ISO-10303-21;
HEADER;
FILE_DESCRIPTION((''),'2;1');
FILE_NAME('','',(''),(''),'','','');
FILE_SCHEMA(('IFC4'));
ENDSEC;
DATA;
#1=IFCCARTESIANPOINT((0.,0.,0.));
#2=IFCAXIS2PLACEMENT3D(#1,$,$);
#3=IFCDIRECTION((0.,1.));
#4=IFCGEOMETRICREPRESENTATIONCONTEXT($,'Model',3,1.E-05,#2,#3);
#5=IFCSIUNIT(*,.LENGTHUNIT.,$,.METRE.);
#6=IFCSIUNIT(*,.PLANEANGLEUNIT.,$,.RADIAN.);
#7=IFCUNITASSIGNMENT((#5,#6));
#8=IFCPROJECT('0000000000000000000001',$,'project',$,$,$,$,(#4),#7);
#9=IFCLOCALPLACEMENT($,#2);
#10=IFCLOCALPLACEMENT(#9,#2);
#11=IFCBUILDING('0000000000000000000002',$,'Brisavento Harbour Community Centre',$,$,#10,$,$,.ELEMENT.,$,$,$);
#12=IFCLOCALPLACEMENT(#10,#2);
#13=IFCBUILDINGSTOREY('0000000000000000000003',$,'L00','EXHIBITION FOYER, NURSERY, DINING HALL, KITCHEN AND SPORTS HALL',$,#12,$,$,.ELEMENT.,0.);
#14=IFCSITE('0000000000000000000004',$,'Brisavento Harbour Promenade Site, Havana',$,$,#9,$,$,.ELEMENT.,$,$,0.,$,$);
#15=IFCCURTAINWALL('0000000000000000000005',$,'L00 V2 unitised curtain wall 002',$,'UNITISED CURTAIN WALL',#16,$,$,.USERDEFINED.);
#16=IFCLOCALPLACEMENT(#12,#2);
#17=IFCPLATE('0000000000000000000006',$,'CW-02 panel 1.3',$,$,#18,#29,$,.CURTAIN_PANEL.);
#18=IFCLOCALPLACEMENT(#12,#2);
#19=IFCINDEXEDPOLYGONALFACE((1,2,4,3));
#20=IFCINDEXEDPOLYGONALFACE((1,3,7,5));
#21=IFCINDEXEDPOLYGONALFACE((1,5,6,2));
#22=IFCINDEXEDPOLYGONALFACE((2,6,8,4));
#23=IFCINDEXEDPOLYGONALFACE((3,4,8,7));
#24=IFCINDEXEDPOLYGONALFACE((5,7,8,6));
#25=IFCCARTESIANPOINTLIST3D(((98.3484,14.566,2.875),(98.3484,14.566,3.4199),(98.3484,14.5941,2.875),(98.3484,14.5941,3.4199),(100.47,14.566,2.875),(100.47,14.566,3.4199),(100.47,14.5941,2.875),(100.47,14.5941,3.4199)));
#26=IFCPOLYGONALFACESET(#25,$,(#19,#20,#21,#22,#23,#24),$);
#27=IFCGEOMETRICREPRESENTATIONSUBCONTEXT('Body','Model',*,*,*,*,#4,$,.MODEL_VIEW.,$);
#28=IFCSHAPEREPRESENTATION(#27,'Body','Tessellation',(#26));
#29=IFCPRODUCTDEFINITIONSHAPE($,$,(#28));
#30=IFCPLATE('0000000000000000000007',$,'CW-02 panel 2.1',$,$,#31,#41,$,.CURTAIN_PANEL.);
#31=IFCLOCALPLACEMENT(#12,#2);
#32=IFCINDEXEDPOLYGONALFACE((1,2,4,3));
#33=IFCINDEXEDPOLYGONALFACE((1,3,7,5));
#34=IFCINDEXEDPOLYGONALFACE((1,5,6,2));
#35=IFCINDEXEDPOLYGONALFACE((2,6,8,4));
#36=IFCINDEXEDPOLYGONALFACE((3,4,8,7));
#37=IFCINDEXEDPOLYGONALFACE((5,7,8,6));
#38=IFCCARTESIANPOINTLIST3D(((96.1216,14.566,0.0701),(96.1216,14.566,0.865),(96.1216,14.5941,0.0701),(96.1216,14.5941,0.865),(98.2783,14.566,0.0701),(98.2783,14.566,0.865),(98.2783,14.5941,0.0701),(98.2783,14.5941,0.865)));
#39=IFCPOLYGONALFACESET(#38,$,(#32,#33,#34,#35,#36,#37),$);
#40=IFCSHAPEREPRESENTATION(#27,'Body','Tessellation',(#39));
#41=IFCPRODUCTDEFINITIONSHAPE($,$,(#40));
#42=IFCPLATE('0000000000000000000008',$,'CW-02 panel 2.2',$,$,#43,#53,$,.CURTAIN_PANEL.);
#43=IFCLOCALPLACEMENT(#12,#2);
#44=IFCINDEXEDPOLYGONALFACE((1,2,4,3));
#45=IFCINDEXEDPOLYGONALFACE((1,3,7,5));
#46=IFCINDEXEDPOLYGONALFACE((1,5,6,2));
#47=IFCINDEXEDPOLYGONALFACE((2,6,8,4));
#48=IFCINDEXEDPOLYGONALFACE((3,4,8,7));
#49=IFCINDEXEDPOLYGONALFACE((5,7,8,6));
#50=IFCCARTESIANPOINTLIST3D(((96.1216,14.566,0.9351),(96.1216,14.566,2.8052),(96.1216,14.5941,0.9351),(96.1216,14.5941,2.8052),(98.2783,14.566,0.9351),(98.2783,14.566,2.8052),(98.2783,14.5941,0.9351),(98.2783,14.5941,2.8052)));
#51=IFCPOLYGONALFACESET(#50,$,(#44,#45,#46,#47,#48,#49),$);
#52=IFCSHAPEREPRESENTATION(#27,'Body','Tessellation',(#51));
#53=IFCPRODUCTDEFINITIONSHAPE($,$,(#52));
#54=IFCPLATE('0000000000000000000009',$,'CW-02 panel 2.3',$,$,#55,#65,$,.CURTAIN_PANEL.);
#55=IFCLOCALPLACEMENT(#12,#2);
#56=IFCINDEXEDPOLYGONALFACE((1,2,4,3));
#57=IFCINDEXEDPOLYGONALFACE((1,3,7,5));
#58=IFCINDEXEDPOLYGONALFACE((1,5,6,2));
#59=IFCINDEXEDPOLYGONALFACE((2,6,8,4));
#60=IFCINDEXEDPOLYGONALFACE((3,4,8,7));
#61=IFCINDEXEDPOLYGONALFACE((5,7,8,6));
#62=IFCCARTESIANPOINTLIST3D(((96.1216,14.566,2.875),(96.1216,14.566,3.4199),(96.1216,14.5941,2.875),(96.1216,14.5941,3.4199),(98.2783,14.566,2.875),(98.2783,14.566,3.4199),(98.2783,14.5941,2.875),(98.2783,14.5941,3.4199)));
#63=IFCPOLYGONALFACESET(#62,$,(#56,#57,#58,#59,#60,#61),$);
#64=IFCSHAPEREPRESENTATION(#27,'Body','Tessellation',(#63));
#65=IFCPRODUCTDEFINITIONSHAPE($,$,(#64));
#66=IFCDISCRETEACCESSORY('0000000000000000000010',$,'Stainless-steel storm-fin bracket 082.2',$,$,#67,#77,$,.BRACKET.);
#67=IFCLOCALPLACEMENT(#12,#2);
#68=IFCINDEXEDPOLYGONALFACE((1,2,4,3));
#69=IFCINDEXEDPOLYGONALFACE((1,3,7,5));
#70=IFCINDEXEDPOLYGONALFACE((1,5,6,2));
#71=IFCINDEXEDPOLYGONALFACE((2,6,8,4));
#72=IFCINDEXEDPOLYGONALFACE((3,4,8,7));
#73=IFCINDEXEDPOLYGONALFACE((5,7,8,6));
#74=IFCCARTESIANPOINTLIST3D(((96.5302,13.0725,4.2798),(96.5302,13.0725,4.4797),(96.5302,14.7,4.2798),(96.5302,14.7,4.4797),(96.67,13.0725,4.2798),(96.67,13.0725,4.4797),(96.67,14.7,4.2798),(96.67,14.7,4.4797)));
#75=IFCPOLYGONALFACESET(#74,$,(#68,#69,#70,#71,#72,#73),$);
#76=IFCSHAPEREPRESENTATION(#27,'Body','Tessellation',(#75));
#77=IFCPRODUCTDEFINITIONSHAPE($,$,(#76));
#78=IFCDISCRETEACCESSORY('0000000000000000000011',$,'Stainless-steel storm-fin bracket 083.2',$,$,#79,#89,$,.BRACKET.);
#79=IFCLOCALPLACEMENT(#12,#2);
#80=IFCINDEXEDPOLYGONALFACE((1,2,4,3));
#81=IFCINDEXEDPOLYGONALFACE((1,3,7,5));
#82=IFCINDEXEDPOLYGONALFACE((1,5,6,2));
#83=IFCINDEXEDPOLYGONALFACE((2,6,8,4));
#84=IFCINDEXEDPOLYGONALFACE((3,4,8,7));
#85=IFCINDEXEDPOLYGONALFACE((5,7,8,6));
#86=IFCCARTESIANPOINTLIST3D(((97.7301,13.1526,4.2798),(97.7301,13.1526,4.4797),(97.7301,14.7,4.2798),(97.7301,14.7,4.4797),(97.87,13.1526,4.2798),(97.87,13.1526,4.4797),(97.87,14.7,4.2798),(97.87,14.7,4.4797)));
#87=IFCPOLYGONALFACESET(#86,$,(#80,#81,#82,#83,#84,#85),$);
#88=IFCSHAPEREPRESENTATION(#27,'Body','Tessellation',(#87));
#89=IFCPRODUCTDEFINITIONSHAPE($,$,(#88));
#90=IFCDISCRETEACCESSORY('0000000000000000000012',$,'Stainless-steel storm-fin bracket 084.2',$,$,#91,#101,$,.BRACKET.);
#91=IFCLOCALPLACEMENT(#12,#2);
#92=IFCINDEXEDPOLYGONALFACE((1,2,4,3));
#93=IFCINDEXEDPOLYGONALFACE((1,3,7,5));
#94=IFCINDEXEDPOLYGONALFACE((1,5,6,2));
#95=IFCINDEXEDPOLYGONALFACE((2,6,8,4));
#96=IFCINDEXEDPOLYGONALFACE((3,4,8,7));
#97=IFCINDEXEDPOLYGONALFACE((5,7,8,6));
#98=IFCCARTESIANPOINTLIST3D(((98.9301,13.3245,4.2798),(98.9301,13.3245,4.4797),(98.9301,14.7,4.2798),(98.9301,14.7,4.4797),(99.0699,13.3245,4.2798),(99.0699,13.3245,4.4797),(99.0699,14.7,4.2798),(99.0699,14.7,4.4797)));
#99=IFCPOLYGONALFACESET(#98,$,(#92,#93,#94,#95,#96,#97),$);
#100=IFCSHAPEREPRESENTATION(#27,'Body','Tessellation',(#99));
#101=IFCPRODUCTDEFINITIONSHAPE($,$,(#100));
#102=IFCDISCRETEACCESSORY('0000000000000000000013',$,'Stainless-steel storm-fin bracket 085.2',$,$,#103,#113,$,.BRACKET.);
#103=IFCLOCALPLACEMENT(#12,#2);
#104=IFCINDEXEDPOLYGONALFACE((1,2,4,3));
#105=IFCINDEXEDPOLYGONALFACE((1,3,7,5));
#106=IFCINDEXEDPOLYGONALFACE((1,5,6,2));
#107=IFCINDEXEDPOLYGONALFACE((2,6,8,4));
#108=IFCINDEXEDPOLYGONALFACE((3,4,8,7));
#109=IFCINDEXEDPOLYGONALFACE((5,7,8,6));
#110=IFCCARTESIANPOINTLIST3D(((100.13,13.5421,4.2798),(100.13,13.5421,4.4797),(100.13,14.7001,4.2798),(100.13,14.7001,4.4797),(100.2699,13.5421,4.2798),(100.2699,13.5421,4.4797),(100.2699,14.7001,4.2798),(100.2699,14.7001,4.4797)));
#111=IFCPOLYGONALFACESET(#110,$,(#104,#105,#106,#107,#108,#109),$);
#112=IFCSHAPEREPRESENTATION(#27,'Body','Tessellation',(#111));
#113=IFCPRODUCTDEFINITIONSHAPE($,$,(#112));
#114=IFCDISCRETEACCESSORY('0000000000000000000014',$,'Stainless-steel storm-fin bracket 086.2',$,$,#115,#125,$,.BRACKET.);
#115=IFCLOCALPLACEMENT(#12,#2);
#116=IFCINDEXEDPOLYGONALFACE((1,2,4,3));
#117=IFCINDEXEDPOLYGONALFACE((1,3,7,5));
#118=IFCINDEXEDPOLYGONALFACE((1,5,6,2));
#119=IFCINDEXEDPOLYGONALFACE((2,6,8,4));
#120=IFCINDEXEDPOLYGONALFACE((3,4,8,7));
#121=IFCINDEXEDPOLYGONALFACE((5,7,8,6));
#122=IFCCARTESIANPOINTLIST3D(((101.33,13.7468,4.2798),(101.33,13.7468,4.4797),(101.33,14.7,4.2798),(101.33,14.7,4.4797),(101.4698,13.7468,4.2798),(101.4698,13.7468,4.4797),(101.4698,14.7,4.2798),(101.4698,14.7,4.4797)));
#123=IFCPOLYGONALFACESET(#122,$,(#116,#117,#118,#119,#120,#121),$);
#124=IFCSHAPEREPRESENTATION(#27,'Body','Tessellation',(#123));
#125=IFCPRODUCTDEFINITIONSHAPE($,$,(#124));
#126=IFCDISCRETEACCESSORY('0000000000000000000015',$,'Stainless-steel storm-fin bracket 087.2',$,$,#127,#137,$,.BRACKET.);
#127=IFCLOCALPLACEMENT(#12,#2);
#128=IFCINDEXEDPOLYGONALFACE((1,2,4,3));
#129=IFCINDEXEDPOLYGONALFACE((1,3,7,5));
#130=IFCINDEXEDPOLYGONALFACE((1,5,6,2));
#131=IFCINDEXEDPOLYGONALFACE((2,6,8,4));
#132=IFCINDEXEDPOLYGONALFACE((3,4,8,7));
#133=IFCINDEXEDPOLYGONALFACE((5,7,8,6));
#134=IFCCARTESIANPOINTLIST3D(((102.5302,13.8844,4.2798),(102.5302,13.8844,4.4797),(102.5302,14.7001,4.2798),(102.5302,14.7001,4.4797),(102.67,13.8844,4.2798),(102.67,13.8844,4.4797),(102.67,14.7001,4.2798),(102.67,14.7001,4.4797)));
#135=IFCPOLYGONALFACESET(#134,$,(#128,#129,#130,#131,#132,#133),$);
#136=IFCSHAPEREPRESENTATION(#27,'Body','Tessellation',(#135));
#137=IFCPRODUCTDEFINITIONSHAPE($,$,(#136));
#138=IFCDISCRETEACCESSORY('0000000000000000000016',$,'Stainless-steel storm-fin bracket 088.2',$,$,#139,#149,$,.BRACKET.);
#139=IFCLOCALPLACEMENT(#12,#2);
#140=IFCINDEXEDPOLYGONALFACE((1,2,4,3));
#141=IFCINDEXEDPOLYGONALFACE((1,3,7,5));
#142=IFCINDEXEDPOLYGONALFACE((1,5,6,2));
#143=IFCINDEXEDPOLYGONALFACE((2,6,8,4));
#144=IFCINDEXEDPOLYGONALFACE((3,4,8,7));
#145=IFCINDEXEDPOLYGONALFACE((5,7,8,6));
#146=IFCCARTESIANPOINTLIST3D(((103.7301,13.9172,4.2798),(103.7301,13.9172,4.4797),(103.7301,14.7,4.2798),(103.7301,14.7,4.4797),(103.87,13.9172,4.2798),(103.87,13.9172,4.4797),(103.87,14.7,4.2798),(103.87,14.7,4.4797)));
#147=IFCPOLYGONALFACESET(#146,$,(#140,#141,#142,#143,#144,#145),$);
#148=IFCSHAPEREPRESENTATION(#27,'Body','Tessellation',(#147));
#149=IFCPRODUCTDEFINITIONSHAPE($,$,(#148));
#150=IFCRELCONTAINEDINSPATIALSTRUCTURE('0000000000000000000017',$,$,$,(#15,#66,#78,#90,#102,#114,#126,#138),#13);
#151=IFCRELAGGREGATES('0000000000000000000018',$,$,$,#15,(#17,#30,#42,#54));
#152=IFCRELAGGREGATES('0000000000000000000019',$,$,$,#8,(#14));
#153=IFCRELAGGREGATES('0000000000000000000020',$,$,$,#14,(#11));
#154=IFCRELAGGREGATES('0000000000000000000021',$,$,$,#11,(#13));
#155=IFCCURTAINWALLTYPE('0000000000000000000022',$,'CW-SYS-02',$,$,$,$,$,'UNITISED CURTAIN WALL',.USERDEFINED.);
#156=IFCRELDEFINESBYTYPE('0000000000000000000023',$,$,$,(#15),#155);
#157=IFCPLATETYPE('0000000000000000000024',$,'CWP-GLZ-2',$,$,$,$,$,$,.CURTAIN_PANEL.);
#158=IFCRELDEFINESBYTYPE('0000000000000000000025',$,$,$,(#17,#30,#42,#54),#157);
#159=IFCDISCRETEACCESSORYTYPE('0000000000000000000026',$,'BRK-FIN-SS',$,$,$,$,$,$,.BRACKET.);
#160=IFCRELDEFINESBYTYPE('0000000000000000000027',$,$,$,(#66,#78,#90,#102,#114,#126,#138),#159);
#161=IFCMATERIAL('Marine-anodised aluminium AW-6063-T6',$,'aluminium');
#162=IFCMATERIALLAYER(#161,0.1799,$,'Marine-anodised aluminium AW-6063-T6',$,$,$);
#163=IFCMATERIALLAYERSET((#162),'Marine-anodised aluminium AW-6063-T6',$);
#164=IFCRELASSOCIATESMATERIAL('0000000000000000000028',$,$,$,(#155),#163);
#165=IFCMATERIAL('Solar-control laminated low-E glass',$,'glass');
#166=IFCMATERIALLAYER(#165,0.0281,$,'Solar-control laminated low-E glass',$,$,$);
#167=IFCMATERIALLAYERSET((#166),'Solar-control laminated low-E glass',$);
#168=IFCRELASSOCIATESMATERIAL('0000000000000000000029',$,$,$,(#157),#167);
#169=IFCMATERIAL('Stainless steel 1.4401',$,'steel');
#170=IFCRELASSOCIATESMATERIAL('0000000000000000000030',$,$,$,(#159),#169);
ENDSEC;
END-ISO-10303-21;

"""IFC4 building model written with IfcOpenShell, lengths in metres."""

from ifc_helpers import new_model, si_unit, direction, frame, origin, origin_2d, place, context, subcontext, project, spatial, rectangle, extrude, material, layer, layer_set, type_object, element, aggregate, save


model = new_model("IFC4")

# Units and contexts
model_context = context("Model", 3, precision=1e-05, world=origin(), true_north=direction((0.0, 1.0)))
body_context = subcontext(model_context, "Body", "Model", "MODEL_VIEW")
ifc_project = project(units=[si_unit("LENGTHUNIT", "METRE"), si_unit("PLANEANGLEUNIT", "RADIAN")], contexts=[model_context])

# Site, building, storey
site_placement = place(None, origin())
site = spatial("IfcSite", under=ifc_project, at=site_placement, Name="Brisavento Harbour Promenade Site, Havana", CompositionType="ELEMENT", RefElevation=0.0)
building_placement = place(site_placement, origin())
building = spatial("IfcBuilding", under=site, at=building_placement, Name="Brisavento Harbour Community Centre", CompositionType="ELEMENT")
storey_placement = place(building_placement, origin())
storey = spatial("IfcBuildingStorey", under=building, at=storey_placement, Name="L00", Description="EXHIBITION FOYER, NURSERY, DINING HALL, KITCHEN AND SPORTS HALL", CompositionType="ELEMENT", Elevation=0.0)

# Curtain wall, plates
ifc_material_1 = material(Name="Marine-anodised aluminium AW-6063-T6", Category="aluminium")
ifc_layer_1 = layer(ifc_material_1, 0.1799, Name="Marine-anodised aluminium AW-6063-T6")
ifc_layer_set_1 = layer_set([ifc_layer_1], Name="Marine-anodised aluminium AW-6063-T6")
curtain_wall_type = type_object("IfcCurtainWallType", Name="CW-SYS-02", ElementType="UNITISED CURTAIN WALL", PredefinedType="USERDEFINED", material=ifc_layer_set_1)
curtain_wall_placement = place(storey_placement, origin())
curtain_wall = element("IfcCurtainWall", 1, at=curtain_wall_placement, inside=storey, type_object=curtain_wall_type, Name="L00 V2 unitised curtain wall 002", ObjectType="UNITISED CURTAIN WALL", PredefinedType="USERDEFINED")
ifc_material_2 = material(Name="Solar-control laminated low-E glass", Category="glass")
ifc_layer_2 = layer(ifc_material_2, 0.0281, Name="Solar-control laminated low-E glass")
ifc_layer_set_2 = layer_set([ifc_layer_2], Name="Solar-control laminated low-E glass")
plate_type = type_object("IfcPlateType", Name="CWP-GLZ-2", PredefinedType="CURTAIN_PANEL", material=ifc_layer_set_2)
plate_1_placement = place(storey_placement, frame((99.4092, 14.5801, 2.875), z_axis=(0.0, 0.0, 1.0), x_axis=(-1.0, 0.0, 0.0)))
plate_1 = element("IfcPlate", 2, at=plate_1_placement, type_object=plate_type, Name="CW-02 panel 1.3", PredefinedType="CURTAIN_PANEL", context=body_context, shape_type="SweptSolid", body=[
    extrude(rectangle(XDim=2.1216, YDim=0.0281, at=origin_2d()), origin(), (0.0, 0.0, 1.0), 0.5449),
])
plate_2_placement = place(storey_placement, frame((97.2, 14.5801, 0.0701), z_axis=(0.0, 0.0, 1.0), x_axis=(-1.0, 0.0, 0.0)))
plate_2 = element("IfcPlate", 3, at=plate_2_placement, type_object=plate_type, Name="CW-02 panel 2.1", PredefinedType="CURTAIN_PANEL", context=body_context, shape_type="SweptSolid", body=[
    extrude(rectangle(XDim=2.1567, YDim=0.0281, at=origin_2d()), origin(), (0.0, 0.0, 1.0), 0.7949),
])
plate_3_placement = place(storey_placement, frame((97.2, 14.5801, 0.9351), z_axis=(0.0, 0.0, 1.0), x_axis=(-1.0, 0.0, 0.0)))
plate_3 = element("IfcPlate", 4, at=plate_3_placement, type_object=plate_type, Name="CW-02 panel 2.2", PredefinedType="CURTAIN_PANEL", context=body_context, shape_type="SweptSolid", body=[
    extrude(rectangle(XDim=2.1567, YDim=0.0281, at=origin_2d()), origin(), (0.0, 0.0, 1.0), 1.8701),
])
plate_4_placement = place(storey_placement, frame((97.2, 14.5801, 2.875), z_axis=(0.0, 0.0, 1.0), x_axis=(-1.0, 0.0, 0.0)))
plate_4 = element("IfcPlate", 5, at=plate_4_placement, type_object=plate_type, Name="CW-02 panel 2.3", PredefinedType="CURTAIN_PANEL", context=body_context, shape_type="SweptSolid", body=[
    extrude(rectangle(XDim=2.1567, YDim=0.0281, at=origin_2d()), origin(), (0.0, 0.0, 1.0), 0.5449),
])
aggregate(curtain_wall, [plate_1, plate_2, plate_3, plate_4])

# Discrete accessories
ifc_material_3 = material(Name="Stainless steel 1.4401", Category="steel")
discrete_accessory_type = type_object("IfcDiscreteAccessoryType", Name="BRK-FIN-SS", PredefinedType="BRACKET", material=ifc_material_3)
discrete_accessory_1_placement = place(storey_placement, frame((96.6001, 13.8862, 4.2798), z_axis=(0.0, 0.0, 1.0), x_axis=(0.0, -1.0, 0.0)))
element("IfcDiscreteAccessory", 6, at=discrete_accessory_1_placement, inside=storey, type_object=discrete_accessory_type, Name="Stainless-steel storm-fin bracket 082.2", PredefinedType="BRACKET", context=body_context, shape_type="SweptSolid", body=[
    extrude(rectangle(XDim=1.6274, YDim=0.1399, at=origin_2d()), origin(), (0.0, 0.0, 1.0), 0.2),
])
discrete_accessory_2_placement = place(storey_placement, frame((97.8, 13.9263, 4.2798), z_axis=(0.0, 0.0, 1.0), x_axis=(0.0, -1.0, 0.0)))
element("IfcDiscreteAccessory", 7, at=discrete_accessory_2_placement, inside=storey, type_object=discrete_accessory_type, Name="Stainless-steel storm-fin bracket 083.2", PredefinedType="BRACKET", context=body_context, shape_type="SweptSolid", body=[
    extrude(rectangle(XDim=1.5474, YDim=0.1399, at=origin_2d()), origin(), (0.0, 0.0, 1.0), 0.2),
])
discrete_accessory_3_placement = place(storey_placement, frame((99.0, 14.0122, 4.2798), z_axis=(0.0, 0.0, 1.0), x_axis=(0.0, -1.0, 0.0)))
element("IfcDiscreteAccessory", 8, at=discrete_accessory_3_placement, inside=storey, type_object=discrete_accessory_type, Name="Stainless-steel storm-fin bracket 084.2", PredefinedType="BRACKET", context=body_context, shape_type="SweptSolid", body=[
    extrude(rectangle(XDim=1.3755, YDim=0.1399, at=origin_2d()), origin(), (0.0, 0.0, 1.0), 0.2),
])
discrete_accessory_4_placement = place(storey_placement, frame((100.2, 14.1211, 4.2798), z_axis=(0.0, 0.0, 1.0), x_axis=(0.0, -1.0, 0.0)))
element("IfcDiscreteAccessory", 9, at=discrete_accessory_4_placement, inside=storey, type_object=discrete_accessory_type, Name="Stainless-steel storm-fin bracket 085.2", PredefinedType="BRACKET", context=body_context, shape_type="SweptSolid", body=[
    extrude(rectangle(XDim=1.158, YDim=0.1399, at=origin_2d()), origin(), (0.0, 0.0, 1.0), 0.2),
])
discrete_accessory_5_placement = place(storey_placement, frame((101.3999, 14.2234, 4.2798), z_axis=(0.0, 0.0, 1.0), x_axis=(0.0, -1.0, 0.0)))
element("IfcDiscreteAccessory", 10, at=discrete_accessory_5_placement, inside=storey, type_object=discrete_accessory_type, Name="Stainless-steel storm-fin bracket 086.2", PredefinedType="BRACKET", context=body_context, shape_type="SweptSolid", body=[
    extrude(rectangle(XDim=0.9531, YDim=0.1399, at=origin_2d()), origin(), (0.0, 0.0, 1.0), 0.2),
])
discrete_accessory_6_placement = place(storey_placement, frame((102.6001, 14.2922, 4.2798), z_axis=(0.0, 0.0, 1.0), x_axis=(0.0, -1.0, 0.0)))
element("IfcDiscreteAccessory", 11, at=discrete_accessory_6_placement, inside=storey, type_object=discrete_accessory_type, Name="Stainless-steel storm-fin bracket 087.2", PredefinedType="BRACKET", context=body_context, shape_type="SweptSolid", body=[
    extrude(rectangle(XDim=0.8157, YDim=0.1399, at=origin_2d()), origin(), (0.0, 0.0, 1.0), 0.2),
])
discrete_accessory_7_placement = place(storey_placement, frame((103.8, 14.3086, 4.2798), z_axis=(0.0, 0.0, 1.0), x_axis=(0.0, -1.0, 0.0)))
element("IfcDiscreteAccessory", 12, at=discrete_accessory_7_placement, inside=storey, type_object=discrete_accessory_type, Name="Stainless-steel storm-fin bracket 088.2", PredefinedType="BRACKET", context=body_context, shape_type="SweptSolid", body=[
    extrude(rectangle(XDim=0.7827, YDim=0.1399, at=origin_2d()), origin(), (0.0, 0.0, 1.0), 0.2),
])

save(model, "model.ifc")
